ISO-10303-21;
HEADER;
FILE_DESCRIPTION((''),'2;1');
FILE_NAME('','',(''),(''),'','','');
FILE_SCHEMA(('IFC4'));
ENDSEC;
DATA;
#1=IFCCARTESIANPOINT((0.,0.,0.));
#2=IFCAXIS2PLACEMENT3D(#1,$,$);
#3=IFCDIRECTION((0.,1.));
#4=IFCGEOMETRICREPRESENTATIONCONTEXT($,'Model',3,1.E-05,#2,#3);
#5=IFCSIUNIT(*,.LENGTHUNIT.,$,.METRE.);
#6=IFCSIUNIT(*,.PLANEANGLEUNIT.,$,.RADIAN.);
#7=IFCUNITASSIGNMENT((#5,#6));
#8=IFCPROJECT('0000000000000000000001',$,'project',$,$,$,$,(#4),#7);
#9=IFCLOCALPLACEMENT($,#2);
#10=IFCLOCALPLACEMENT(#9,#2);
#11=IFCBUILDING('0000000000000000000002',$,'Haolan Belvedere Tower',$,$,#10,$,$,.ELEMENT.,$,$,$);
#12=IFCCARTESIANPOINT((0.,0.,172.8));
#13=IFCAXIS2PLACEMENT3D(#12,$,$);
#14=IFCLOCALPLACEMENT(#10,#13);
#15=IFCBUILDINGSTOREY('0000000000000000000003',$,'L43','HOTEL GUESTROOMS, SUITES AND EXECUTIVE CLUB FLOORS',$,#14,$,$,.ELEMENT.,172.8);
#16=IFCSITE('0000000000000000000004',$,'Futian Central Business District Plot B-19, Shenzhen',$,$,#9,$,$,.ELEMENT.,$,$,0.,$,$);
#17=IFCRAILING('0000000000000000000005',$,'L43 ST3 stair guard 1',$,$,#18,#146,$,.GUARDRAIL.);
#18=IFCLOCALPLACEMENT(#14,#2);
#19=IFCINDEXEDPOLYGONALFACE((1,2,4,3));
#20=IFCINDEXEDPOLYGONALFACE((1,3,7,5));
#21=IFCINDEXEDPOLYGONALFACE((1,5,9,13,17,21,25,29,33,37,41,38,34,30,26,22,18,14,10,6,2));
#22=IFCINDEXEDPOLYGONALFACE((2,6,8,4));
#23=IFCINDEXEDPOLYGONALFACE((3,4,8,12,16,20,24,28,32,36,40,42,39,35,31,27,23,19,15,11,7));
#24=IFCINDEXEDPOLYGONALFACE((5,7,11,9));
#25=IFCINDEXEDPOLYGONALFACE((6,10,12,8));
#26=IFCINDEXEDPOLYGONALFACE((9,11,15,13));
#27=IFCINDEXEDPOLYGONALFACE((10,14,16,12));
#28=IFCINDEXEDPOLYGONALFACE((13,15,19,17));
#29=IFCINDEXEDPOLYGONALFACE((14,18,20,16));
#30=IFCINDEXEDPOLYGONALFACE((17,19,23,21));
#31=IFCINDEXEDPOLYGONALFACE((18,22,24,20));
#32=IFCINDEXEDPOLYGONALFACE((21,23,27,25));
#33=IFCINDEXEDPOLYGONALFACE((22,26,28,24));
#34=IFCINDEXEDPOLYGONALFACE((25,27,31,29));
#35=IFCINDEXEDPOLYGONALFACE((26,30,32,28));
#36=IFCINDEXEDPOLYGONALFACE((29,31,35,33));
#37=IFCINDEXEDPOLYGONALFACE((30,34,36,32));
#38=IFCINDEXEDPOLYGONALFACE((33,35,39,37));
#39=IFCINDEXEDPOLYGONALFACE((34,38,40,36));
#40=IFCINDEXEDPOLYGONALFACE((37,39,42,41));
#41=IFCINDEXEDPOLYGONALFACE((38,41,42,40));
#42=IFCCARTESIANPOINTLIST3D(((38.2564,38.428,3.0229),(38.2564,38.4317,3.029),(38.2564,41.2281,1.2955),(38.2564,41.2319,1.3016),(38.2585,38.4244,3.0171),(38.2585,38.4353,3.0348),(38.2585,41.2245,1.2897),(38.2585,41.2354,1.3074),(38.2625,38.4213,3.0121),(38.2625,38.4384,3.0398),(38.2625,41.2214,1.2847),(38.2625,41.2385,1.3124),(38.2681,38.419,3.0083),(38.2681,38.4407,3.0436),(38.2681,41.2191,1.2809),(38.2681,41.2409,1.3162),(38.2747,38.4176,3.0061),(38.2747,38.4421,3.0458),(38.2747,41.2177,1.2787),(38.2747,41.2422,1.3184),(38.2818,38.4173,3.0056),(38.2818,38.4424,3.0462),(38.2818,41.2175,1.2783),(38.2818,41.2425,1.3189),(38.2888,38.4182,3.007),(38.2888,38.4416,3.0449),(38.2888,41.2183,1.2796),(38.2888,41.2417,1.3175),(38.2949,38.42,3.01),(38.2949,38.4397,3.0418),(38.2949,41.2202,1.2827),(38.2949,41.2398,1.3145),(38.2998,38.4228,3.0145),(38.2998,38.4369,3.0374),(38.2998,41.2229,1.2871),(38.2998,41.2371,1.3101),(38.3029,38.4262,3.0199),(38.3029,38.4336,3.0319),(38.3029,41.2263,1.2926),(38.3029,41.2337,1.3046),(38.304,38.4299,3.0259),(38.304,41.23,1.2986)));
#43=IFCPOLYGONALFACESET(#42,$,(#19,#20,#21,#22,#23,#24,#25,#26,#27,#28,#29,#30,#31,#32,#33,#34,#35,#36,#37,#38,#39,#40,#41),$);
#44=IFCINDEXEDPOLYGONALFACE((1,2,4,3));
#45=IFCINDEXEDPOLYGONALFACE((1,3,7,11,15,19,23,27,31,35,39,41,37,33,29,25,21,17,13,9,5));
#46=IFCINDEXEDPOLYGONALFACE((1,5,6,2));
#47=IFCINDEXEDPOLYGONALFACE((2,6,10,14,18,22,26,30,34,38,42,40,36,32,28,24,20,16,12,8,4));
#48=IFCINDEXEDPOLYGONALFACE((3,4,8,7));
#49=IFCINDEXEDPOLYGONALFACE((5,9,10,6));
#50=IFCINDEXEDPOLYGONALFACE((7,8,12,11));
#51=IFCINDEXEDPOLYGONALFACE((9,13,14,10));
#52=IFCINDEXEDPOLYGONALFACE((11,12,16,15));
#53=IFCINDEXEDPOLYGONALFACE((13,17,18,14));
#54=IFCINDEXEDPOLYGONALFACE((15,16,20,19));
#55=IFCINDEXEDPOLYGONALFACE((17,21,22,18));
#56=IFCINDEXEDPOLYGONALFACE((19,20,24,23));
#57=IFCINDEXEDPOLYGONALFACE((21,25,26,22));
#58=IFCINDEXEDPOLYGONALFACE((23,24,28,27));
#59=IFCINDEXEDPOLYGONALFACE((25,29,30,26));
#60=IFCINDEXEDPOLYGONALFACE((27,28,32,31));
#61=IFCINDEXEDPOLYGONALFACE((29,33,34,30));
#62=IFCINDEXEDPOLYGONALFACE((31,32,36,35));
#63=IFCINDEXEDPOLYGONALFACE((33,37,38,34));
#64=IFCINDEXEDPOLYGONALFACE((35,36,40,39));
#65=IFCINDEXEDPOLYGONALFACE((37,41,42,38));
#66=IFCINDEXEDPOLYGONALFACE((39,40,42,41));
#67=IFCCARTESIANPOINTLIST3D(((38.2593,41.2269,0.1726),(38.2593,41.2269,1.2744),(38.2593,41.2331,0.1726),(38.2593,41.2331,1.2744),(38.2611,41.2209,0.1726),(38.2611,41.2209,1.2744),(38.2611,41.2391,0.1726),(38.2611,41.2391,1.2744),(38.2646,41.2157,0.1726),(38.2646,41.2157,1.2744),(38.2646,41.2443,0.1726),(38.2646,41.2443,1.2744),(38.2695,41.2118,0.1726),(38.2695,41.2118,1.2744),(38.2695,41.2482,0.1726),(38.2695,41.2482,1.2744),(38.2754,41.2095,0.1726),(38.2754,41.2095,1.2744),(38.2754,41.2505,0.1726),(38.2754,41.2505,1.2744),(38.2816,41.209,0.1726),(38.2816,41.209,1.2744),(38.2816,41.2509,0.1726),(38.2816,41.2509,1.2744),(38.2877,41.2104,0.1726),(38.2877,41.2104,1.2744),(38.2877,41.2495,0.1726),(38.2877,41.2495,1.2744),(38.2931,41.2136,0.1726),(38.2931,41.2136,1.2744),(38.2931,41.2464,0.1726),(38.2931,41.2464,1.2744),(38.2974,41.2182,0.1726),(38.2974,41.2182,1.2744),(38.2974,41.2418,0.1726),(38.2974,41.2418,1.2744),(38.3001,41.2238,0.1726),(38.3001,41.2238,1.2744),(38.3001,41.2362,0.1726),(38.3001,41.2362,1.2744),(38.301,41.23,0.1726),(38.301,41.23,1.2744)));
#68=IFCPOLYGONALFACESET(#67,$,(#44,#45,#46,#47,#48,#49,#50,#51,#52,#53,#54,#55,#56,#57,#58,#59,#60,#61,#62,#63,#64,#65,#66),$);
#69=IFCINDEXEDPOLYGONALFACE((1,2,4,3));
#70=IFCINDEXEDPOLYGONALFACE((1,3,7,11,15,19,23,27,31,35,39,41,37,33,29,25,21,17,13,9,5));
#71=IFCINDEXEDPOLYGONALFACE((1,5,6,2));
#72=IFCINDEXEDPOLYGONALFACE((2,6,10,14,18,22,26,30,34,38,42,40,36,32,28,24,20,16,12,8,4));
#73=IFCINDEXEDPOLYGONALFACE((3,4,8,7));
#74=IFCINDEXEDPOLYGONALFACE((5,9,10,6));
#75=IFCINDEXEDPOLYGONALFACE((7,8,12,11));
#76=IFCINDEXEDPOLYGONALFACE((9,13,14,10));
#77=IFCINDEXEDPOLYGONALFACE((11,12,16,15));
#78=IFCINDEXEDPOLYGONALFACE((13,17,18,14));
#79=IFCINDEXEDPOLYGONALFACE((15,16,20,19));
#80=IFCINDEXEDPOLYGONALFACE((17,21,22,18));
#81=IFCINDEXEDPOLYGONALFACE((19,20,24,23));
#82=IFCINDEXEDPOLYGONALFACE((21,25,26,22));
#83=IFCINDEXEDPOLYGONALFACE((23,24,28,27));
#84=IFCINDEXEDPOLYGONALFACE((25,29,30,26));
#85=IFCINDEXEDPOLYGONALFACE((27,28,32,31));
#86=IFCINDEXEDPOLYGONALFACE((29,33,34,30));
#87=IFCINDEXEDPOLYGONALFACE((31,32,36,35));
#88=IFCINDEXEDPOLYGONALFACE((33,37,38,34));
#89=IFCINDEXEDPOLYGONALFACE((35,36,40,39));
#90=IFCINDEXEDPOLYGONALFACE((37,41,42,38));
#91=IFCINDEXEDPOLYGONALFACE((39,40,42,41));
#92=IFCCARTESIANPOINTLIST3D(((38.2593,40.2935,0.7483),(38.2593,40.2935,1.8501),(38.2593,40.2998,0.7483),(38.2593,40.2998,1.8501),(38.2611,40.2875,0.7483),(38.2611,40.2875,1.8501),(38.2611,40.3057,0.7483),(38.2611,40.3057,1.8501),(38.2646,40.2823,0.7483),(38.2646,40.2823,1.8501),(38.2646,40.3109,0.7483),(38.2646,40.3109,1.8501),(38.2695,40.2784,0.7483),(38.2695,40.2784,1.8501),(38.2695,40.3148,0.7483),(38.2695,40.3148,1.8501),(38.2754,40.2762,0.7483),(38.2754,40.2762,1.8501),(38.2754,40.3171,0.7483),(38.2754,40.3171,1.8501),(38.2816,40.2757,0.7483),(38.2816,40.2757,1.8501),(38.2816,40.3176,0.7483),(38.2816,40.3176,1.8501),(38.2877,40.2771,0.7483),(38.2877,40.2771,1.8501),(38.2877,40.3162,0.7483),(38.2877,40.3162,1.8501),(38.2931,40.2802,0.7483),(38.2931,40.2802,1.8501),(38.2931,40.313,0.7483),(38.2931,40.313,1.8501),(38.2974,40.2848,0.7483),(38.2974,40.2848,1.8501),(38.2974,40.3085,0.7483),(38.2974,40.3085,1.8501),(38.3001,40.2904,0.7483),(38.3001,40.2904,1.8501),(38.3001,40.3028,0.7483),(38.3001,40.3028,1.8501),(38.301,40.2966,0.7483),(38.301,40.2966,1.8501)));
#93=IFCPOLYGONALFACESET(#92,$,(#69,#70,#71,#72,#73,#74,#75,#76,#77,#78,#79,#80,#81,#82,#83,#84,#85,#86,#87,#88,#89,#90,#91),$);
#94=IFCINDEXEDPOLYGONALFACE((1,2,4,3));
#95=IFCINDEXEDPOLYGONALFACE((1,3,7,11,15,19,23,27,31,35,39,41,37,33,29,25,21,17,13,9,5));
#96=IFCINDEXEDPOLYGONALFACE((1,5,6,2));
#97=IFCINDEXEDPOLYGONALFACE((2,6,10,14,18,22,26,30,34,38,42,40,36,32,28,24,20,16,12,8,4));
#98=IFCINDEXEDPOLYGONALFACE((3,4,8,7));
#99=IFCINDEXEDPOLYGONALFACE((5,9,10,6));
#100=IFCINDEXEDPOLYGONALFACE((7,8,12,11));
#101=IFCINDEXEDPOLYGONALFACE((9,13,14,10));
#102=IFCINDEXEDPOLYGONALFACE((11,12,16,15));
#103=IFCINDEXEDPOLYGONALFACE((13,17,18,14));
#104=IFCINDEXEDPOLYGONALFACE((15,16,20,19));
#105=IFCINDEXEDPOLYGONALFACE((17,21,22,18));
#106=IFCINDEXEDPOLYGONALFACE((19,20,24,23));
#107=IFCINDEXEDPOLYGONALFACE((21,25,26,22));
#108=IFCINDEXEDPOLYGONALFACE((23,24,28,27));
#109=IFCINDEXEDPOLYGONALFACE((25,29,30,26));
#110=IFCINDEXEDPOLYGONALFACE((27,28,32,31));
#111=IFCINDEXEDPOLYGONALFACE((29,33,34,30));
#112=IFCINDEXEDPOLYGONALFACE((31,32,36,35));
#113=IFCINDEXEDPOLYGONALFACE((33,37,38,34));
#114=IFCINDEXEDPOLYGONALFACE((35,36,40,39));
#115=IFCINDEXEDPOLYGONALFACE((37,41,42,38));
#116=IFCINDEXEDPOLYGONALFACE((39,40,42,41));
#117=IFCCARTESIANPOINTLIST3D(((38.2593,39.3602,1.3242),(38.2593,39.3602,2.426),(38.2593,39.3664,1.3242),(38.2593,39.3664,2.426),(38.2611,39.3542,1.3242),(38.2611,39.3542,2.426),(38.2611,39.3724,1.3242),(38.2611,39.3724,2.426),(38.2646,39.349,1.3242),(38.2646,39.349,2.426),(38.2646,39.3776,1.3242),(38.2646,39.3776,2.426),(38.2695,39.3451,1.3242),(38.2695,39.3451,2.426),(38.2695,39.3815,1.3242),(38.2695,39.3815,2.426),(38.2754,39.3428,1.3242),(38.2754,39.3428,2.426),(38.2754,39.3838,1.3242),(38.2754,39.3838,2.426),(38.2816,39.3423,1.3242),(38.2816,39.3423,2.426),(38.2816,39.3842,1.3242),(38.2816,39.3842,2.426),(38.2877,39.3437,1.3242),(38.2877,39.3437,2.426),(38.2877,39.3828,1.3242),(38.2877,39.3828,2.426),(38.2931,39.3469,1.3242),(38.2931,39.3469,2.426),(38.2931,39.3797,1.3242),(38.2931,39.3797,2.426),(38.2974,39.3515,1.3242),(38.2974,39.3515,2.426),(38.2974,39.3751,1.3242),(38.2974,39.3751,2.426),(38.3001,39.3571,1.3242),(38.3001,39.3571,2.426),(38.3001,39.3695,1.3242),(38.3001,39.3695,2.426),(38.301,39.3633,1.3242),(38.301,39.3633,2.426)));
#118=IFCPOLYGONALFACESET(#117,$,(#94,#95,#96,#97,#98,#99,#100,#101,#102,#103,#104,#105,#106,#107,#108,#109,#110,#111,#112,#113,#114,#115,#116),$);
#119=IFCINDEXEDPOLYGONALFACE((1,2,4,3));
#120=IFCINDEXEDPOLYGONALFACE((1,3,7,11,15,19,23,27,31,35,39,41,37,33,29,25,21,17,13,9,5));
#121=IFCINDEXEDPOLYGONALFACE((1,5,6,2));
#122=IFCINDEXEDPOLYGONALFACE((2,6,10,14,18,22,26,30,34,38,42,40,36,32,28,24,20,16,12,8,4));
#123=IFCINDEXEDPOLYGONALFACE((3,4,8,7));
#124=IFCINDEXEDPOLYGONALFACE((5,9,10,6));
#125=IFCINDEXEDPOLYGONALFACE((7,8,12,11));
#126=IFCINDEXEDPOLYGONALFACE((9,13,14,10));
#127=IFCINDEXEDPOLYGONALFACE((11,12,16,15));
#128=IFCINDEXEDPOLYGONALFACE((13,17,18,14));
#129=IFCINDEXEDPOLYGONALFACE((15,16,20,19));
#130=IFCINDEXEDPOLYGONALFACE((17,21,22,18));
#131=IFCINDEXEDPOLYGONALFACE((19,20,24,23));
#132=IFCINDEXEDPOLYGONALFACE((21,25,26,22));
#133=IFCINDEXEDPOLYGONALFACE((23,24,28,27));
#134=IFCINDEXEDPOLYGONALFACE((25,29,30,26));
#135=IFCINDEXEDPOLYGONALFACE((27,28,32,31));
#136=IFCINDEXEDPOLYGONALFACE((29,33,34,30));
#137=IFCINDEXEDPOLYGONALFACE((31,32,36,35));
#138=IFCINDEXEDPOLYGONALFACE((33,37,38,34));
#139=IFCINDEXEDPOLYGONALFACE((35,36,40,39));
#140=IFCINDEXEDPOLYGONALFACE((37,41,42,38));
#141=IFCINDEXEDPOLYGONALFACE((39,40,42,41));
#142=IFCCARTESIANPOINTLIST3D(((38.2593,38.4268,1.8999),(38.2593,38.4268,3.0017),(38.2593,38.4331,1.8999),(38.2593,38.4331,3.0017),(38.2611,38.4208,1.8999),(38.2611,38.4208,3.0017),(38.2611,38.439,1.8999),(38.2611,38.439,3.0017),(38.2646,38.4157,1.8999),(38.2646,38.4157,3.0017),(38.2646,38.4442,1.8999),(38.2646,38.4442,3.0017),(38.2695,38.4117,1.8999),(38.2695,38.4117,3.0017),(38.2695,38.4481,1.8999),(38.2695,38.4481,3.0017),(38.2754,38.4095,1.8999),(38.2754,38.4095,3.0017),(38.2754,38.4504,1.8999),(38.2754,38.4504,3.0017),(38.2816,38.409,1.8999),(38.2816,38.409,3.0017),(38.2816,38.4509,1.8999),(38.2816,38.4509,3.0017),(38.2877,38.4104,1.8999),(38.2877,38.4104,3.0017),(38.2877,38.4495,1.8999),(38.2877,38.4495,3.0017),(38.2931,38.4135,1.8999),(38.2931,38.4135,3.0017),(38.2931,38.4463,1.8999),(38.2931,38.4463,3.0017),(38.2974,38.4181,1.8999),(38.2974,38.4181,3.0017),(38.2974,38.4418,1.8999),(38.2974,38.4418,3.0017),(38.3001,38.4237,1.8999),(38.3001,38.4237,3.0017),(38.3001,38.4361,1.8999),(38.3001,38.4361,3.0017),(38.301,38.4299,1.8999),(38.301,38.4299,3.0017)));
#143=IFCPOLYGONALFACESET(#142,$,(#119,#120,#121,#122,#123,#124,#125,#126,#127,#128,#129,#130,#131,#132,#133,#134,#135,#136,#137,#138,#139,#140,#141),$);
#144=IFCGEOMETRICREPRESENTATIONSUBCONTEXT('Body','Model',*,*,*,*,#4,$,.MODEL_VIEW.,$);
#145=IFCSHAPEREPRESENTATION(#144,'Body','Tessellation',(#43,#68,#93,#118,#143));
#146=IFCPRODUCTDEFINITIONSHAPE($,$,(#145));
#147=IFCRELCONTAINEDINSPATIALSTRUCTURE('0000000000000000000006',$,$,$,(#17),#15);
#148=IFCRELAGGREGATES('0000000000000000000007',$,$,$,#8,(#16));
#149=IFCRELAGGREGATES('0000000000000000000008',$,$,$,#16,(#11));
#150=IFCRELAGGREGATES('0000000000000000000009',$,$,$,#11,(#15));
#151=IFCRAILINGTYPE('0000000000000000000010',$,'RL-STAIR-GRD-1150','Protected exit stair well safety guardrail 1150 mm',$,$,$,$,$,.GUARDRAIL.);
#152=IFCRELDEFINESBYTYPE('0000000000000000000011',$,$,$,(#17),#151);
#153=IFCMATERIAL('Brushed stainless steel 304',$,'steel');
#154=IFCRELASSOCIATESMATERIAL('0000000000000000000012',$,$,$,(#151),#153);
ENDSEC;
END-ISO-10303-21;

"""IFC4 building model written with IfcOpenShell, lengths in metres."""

from ifc_helpers import new_model, si_unit, direction, frame, origin, origin_2d, place, context, subcontext, project, spatial, circle, extrude, material, type_object, element, save


model = new_model("IFC4")

# Units and contexts
model_context = context("Model", 3, precision=1e-05, world=origin(), true_north=direction((0.0, 1.0)))
body_context = subcontext(model_context, "Body", "Model", "MODEL_VIEW")
ifc_project = project(units=[si_unit("LENGTHUNIT", "METRE"), si_unit("PLANEANGLEUNIT", "RADIAN")], contexts=[model_context])

# Site, building, storey
site_placement = place(None, origin())
site = spatial("IfcSite", under=ifc_project, at=site_placement, Name="Futian Central Business District Plot B-19, Shenzhen", CompositionType="ELEMENT", RefElevation=0.0)
building_placement = place(site_placement, origin())
building = spatial("IfcBuilding", under=site, at=building_placement, Name="Haolan Belvedere Tower", CompositionType="ELEMENT")
storey_placement = place(building_placement, frame((0.0, 0.0, 172.8)))
storey = spatial("IfcBuildingStorey", under=building, at=storey_placement, Name="L43", Description="HOTEL GUESTROOMS, SUITES AND EXECUTIVE CLUB FLOORS", CompositionType="ELEMENT", Elevation=172.8)

# Railing
ifc_material_1 = material(Name="Brushed stainless steel 304", Category="steel")
railing_type_1 = type_object("IfcRailingType", Name="RL-STAIR-GRD-1150", Description="Protected exit stair well safety guardrail 1150 mm", PredefinedType="GUARDRAIL", material=ifc_material_1)
railing_1_placement = place(storey_placement, frame((38.28, 41.23, 0.1726)))
element("IfcRailing", 1, at=railing_1_placement, inside=storey, type_object=railing_type_1, Name="L43 ST3 stair guard 1", PredefinedType="GUARDRAIL", context=body_context, shape_type="SweptSolid", body=[
    extrude(circle(Radius=0.0239, at=origin_2d()), frame((0.0, 0.0, 1.126), z_axis=(0.0, -0.85109, 0.52502), x_axis=(1.0, 0.0, 0.0)), (0.0, 0.0, 1.0), 3.29),
    extrude(circle(Radius=0.021, at=origin_2d()), origin(), (0.0, 0.0, 1.0), 1.1018),
    extrude(circle(Radius=0.021, at=origin_2d()), frame((0.0, -0.9333, 0.5757)), (0.0, 0.0, 1.0), 1.1018),
    extrude(circle(Radius=0.021, at=origin_2d()), frame((0.0, -1.8667, 1.1516)), (0.0, 0.0, 1.0), 1.1018),
    extrude(circle(Radius=0.021, at=origin_2d()), frame((0.0, -2.8, 1.7273)), (0.0, 0.0, 1.0), 1.1018),
])

save(model, "model.ifc")
